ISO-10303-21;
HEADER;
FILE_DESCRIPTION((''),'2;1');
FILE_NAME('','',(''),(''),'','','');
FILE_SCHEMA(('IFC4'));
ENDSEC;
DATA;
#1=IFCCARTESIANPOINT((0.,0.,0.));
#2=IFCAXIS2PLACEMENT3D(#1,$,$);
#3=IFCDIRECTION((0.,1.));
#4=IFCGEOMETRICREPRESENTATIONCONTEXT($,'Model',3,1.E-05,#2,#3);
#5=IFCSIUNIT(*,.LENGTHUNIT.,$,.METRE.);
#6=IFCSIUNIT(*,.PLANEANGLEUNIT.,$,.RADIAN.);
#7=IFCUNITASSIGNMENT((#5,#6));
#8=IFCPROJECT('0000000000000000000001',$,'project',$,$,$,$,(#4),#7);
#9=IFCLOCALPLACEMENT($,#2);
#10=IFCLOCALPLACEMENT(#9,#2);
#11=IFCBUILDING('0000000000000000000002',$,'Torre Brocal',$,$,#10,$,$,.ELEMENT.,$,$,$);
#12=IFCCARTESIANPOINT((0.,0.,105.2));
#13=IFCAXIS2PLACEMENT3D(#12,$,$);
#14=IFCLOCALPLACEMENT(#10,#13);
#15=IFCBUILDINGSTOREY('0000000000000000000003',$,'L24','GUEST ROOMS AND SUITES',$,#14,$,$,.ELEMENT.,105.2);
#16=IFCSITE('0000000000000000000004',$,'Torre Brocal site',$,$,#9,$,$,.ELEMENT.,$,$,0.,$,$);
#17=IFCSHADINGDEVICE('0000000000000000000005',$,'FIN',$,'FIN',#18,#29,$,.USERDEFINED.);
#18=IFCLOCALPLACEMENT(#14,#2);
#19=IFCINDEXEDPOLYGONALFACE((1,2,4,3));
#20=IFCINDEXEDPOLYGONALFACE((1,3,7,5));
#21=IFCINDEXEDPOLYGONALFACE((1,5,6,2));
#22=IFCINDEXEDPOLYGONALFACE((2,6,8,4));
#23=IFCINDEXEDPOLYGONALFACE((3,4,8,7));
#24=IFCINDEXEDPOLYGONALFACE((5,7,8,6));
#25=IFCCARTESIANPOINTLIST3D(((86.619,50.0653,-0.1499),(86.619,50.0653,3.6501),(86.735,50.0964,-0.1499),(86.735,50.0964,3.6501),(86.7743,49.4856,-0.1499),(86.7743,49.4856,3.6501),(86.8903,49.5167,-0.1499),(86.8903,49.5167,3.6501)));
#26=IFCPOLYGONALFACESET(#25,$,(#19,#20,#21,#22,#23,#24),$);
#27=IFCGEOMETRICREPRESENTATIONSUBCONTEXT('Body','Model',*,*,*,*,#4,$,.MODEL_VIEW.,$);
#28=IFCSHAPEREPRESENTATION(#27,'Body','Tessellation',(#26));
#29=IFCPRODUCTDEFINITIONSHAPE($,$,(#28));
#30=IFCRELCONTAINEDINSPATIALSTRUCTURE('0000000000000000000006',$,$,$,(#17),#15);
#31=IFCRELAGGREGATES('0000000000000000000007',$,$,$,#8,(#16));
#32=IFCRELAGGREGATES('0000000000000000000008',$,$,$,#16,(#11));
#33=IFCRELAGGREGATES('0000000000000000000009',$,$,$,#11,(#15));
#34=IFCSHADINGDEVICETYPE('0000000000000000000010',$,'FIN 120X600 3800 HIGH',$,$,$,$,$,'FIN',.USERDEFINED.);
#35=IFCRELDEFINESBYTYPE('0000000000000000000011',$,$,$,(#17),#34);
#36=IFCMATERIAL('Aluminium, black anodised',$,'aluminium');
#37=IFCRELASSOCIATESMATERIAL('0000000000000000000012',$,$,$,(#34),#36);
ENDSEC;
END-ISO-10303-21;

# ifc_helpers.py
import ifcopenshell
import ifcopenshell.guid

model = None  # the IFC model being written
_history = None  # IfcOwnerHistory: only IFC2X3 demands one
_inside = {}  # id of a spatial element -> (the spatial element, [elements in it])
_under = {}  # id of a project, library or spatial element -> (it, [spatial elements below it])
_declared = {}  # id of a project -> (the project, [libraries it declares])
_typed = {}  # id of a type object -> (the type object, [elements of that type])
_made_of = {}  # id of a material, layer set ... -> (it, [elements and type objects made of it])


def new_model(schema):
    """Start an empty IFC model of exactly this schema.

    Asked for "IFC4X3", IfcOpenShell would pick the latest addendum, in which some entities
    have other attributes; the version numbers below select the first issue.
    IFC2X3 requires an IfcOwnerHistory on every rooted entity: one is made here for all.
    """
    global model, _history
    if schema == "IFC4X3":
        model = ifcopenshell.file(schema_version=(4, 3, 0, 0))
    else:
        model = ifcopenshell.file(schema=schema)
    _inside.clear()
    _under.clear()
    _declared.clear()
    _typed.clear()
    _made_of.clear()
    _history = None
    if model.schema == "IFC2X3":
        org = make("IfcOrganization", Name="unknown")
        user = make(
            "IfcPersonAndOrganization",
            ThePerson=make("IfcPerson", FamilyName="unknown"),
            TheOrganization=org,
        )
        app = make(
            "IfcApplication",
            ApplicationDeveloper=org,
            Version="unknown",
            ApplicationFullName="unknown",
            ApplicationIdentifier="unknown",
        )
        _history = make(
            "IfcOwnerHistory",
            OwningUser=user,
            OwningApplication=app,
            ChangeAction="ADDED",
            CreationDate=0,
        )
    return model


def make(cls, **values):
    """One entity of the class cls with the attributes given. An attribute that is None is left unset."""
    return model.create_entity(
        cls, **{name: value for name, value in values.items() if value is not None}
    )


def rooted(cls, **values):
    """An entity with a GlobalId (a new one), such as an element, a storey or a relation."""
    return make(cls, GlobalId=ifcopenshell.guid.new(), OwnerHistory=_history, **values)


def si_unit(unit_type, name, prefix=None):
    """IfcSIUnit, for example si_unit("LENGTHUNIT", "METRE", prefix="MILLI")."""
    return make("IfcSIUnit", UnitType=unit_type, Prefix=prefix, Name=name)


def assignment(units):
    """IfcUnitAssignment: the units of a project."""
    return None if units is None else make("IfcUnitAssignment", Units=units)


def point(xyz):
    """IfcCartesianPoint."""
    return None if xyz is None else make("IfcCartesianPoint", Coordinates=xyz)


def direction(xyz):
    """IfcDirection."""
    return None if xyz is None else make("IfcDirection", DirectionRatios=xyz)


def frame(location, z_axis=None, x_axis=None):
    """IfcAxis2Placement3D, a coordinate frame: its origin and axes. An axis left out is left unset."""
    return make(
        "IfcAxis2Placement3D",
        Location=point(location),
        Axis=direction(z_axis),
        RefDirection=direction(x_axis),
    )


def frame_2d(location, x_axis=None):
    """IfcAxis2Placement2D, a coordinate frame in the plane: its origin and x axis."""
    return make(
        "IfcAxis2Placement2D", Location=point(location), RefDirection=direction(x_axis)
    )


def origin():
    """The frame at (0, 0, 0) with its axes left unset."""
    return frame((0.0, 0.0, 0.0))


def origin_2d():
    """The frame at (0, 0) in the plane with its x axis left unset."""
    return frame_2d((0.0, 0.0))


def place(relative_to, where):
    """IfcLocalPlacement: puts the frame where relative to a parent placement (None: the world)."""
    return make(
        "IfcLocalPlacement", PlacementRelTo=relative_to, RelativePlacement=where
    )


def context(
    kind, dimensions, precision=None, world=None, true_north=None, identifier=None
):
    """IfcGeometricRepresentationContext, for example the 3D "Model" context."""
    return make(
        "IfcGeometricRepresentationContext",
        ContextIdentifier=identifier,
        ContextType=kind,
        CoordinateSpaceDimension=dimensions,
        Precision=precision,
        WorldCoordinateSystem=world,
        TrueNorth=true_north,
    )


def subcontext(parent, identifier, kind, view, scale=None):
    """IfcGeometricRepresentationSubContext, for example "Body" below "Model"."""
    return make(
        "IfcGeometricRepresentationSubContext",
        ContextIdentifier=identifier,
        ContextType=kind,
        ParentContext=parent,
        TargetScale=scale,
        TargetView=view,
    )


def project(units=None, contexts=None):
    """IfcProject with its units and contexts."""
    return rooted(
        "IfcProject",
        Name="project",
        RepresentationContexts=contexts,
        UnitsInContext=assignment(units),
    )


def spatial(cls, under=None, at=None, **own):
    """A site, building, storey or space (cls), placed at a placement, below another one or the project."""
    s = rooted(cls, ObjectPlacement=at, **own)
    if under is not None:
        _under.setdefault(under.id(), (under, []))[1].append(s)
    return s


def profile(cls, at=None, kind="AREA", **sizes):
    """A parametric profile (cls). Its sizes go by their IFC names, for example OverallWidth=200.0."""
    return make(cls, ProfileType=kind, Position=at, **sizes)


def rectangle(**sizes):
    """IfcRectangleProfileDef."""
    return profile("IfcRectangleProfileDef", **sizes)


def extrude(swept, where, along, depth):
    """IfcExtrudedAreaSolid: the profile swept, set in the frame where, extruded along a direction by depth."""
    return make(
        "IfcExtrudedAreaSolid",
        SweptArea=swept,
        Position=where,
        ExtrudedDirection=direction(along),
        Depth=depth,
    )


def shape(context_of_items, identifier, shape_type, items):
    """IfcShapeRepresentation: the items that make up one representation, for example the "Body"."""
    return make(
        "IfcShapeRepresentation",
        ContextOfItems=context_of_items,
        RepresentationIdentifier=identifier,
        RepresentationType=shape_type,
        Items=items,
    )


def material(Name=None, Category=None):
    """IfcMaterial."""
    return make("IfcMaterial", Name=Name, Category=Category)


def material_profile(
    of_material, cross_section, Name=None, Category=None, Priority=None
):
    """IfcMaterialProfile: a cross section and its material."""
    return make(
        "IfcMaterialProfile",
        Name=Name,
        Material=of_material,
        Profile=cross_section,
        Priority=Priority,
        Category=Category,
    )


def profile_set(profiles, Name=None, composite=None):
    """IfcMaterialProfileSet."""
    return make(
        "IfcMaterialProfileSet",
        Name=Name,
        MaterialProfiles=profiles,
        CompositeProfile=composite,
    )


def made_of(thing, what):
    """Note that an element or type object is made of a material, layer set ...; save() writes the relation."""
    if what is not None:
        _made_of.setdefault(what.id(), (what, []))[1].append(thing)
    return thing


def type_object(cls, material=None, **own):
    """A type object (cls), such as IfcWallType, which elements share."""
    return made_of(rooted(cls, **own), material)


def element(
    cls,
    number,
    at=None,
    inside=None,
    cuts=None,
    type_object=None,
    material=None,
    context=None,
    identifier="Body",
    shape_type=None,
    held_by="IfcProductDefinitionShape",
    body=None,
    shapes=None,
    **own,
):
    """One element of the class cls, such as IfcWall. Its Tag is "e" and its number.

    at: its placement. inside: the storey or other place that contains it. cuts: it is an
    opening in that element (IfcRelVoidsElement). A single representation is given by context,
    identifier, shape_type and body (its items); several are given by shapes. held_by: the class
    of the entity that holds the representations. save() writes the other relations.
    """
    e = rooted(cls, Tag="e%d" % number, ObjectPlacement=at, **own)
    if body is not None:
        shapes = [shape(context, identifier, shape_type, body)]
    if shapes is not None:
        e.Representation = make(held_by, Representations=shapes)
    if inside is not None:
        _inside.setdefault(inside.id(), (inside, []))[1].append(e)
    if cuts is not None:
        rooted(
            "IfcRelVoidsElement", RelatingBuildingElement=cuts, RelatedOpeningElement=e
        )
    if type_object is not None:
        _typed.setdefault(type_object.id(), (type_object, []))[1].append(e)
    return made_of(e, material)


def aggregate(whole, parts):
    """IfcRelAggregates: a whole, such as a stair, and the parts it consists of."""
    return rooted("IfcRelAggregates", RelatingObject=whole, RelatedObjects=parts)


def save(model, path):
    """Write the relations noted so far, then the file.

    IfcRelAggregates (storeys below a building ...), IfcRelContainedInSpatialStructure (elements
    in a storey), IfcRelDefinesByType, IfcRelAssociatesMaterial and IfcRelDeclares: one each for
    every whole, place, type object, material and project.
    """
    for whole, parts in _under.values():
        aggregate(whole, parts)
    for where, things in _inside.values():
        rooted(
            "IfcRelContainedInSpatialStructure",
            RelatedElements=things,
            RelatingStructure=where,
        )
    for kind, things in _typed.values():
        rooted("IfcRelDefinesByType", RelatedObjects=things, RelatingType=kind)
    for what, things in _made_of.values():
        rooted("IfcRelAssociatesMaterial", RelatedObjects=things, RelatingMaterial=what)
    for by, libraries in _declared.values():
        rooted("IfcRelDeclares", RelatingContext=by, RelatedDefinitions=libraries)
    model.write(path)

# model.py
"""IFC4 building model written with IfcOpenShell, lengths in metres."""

from ifc_helpers import new_model, si_unit, direction, frame, origin, origin_2d, place, context, subcontext, project, spatial, rectangle, extrude, material, material_profile, profile_set, type_object, element, save


model = new_model("IFC4")

# Units and contexts
model_context = context("Model", 3, precision=1e-05, world=origin(), true_north=direction((0.0, 1.0)))
body_context = subcontext(model_context, "Body", "Model", "MODEL_VIEW")
ifc_project = project(units=[si_unit("LENGTHUNIT", "METRE"), si_unit("PLANEANGLEUNIT", "RADIAN")], contexts=[model_context])

# Site, building, storey
site_placement = place(None, origin())
site = spatial("IfcSite", under=ifc_project, at=site_placement, Name="Torre Brocal site", CompositionType="ELEMENT", RefElevation=0.0)
building_placement = place(site_placement, origin())
building = spatial("IfcBuilding", under=site, at=building_placement, Name="Torre Brocal", CompositionType="ELEMENT")
storey_placement = place(building_placement, frame((0.0, 0.0, 105.2)))
storey = spatial("IfcBuildingStorey", under=building, at=storey_placement, Name="L24", Description="GUEST ROOMS AND SUITES", CompositionType="ELEMENT", Elevation=105.2)

# Shading device
ifc_material_1 = material(Name="Aluminium, black anodised", Category="aluminium")
ifc_material_profile_1 = material_profile(ifc_material_1, rectangle(XDim=0.1201, YDim=0.6001, at=origin_2d()), Name="FIN 120X600 3800 HIGH")
ifc_profile_set_1 = profile_set([ifc_material_profile_1], Name="Aluminium, black anodised")
shading_device_type = type_object("IfcShadingDeviceType", Name="FIN 120X600 3800 HIGH", ElementType="FIN", PredefinedType="USERDEFINED", material=ifc_profile_set_1)
shading_device_placement = place(storey_placement, frame((86.7546, 49.791, -0.1499), z_axis=(0.0, 0.0, 1.0), x_axis=(0.965926, 0.258819, 0.0)))
element("IfcShadingDevice", 1, at=shading_device_placement, inside=storey, type_object=shading_device_type, Name="FIN", ObjectType="FIN", PredefinedType="USERDEFINED", context=body_context, shape_type="SweptSolid", body=[
    extrude(rectangle(XDim=0.1201, YDim=0.6001, at=origin_2d()), origin(), (0.0, 0.0, 1.0), 3.8),
])

save(model, "model.ifc")
